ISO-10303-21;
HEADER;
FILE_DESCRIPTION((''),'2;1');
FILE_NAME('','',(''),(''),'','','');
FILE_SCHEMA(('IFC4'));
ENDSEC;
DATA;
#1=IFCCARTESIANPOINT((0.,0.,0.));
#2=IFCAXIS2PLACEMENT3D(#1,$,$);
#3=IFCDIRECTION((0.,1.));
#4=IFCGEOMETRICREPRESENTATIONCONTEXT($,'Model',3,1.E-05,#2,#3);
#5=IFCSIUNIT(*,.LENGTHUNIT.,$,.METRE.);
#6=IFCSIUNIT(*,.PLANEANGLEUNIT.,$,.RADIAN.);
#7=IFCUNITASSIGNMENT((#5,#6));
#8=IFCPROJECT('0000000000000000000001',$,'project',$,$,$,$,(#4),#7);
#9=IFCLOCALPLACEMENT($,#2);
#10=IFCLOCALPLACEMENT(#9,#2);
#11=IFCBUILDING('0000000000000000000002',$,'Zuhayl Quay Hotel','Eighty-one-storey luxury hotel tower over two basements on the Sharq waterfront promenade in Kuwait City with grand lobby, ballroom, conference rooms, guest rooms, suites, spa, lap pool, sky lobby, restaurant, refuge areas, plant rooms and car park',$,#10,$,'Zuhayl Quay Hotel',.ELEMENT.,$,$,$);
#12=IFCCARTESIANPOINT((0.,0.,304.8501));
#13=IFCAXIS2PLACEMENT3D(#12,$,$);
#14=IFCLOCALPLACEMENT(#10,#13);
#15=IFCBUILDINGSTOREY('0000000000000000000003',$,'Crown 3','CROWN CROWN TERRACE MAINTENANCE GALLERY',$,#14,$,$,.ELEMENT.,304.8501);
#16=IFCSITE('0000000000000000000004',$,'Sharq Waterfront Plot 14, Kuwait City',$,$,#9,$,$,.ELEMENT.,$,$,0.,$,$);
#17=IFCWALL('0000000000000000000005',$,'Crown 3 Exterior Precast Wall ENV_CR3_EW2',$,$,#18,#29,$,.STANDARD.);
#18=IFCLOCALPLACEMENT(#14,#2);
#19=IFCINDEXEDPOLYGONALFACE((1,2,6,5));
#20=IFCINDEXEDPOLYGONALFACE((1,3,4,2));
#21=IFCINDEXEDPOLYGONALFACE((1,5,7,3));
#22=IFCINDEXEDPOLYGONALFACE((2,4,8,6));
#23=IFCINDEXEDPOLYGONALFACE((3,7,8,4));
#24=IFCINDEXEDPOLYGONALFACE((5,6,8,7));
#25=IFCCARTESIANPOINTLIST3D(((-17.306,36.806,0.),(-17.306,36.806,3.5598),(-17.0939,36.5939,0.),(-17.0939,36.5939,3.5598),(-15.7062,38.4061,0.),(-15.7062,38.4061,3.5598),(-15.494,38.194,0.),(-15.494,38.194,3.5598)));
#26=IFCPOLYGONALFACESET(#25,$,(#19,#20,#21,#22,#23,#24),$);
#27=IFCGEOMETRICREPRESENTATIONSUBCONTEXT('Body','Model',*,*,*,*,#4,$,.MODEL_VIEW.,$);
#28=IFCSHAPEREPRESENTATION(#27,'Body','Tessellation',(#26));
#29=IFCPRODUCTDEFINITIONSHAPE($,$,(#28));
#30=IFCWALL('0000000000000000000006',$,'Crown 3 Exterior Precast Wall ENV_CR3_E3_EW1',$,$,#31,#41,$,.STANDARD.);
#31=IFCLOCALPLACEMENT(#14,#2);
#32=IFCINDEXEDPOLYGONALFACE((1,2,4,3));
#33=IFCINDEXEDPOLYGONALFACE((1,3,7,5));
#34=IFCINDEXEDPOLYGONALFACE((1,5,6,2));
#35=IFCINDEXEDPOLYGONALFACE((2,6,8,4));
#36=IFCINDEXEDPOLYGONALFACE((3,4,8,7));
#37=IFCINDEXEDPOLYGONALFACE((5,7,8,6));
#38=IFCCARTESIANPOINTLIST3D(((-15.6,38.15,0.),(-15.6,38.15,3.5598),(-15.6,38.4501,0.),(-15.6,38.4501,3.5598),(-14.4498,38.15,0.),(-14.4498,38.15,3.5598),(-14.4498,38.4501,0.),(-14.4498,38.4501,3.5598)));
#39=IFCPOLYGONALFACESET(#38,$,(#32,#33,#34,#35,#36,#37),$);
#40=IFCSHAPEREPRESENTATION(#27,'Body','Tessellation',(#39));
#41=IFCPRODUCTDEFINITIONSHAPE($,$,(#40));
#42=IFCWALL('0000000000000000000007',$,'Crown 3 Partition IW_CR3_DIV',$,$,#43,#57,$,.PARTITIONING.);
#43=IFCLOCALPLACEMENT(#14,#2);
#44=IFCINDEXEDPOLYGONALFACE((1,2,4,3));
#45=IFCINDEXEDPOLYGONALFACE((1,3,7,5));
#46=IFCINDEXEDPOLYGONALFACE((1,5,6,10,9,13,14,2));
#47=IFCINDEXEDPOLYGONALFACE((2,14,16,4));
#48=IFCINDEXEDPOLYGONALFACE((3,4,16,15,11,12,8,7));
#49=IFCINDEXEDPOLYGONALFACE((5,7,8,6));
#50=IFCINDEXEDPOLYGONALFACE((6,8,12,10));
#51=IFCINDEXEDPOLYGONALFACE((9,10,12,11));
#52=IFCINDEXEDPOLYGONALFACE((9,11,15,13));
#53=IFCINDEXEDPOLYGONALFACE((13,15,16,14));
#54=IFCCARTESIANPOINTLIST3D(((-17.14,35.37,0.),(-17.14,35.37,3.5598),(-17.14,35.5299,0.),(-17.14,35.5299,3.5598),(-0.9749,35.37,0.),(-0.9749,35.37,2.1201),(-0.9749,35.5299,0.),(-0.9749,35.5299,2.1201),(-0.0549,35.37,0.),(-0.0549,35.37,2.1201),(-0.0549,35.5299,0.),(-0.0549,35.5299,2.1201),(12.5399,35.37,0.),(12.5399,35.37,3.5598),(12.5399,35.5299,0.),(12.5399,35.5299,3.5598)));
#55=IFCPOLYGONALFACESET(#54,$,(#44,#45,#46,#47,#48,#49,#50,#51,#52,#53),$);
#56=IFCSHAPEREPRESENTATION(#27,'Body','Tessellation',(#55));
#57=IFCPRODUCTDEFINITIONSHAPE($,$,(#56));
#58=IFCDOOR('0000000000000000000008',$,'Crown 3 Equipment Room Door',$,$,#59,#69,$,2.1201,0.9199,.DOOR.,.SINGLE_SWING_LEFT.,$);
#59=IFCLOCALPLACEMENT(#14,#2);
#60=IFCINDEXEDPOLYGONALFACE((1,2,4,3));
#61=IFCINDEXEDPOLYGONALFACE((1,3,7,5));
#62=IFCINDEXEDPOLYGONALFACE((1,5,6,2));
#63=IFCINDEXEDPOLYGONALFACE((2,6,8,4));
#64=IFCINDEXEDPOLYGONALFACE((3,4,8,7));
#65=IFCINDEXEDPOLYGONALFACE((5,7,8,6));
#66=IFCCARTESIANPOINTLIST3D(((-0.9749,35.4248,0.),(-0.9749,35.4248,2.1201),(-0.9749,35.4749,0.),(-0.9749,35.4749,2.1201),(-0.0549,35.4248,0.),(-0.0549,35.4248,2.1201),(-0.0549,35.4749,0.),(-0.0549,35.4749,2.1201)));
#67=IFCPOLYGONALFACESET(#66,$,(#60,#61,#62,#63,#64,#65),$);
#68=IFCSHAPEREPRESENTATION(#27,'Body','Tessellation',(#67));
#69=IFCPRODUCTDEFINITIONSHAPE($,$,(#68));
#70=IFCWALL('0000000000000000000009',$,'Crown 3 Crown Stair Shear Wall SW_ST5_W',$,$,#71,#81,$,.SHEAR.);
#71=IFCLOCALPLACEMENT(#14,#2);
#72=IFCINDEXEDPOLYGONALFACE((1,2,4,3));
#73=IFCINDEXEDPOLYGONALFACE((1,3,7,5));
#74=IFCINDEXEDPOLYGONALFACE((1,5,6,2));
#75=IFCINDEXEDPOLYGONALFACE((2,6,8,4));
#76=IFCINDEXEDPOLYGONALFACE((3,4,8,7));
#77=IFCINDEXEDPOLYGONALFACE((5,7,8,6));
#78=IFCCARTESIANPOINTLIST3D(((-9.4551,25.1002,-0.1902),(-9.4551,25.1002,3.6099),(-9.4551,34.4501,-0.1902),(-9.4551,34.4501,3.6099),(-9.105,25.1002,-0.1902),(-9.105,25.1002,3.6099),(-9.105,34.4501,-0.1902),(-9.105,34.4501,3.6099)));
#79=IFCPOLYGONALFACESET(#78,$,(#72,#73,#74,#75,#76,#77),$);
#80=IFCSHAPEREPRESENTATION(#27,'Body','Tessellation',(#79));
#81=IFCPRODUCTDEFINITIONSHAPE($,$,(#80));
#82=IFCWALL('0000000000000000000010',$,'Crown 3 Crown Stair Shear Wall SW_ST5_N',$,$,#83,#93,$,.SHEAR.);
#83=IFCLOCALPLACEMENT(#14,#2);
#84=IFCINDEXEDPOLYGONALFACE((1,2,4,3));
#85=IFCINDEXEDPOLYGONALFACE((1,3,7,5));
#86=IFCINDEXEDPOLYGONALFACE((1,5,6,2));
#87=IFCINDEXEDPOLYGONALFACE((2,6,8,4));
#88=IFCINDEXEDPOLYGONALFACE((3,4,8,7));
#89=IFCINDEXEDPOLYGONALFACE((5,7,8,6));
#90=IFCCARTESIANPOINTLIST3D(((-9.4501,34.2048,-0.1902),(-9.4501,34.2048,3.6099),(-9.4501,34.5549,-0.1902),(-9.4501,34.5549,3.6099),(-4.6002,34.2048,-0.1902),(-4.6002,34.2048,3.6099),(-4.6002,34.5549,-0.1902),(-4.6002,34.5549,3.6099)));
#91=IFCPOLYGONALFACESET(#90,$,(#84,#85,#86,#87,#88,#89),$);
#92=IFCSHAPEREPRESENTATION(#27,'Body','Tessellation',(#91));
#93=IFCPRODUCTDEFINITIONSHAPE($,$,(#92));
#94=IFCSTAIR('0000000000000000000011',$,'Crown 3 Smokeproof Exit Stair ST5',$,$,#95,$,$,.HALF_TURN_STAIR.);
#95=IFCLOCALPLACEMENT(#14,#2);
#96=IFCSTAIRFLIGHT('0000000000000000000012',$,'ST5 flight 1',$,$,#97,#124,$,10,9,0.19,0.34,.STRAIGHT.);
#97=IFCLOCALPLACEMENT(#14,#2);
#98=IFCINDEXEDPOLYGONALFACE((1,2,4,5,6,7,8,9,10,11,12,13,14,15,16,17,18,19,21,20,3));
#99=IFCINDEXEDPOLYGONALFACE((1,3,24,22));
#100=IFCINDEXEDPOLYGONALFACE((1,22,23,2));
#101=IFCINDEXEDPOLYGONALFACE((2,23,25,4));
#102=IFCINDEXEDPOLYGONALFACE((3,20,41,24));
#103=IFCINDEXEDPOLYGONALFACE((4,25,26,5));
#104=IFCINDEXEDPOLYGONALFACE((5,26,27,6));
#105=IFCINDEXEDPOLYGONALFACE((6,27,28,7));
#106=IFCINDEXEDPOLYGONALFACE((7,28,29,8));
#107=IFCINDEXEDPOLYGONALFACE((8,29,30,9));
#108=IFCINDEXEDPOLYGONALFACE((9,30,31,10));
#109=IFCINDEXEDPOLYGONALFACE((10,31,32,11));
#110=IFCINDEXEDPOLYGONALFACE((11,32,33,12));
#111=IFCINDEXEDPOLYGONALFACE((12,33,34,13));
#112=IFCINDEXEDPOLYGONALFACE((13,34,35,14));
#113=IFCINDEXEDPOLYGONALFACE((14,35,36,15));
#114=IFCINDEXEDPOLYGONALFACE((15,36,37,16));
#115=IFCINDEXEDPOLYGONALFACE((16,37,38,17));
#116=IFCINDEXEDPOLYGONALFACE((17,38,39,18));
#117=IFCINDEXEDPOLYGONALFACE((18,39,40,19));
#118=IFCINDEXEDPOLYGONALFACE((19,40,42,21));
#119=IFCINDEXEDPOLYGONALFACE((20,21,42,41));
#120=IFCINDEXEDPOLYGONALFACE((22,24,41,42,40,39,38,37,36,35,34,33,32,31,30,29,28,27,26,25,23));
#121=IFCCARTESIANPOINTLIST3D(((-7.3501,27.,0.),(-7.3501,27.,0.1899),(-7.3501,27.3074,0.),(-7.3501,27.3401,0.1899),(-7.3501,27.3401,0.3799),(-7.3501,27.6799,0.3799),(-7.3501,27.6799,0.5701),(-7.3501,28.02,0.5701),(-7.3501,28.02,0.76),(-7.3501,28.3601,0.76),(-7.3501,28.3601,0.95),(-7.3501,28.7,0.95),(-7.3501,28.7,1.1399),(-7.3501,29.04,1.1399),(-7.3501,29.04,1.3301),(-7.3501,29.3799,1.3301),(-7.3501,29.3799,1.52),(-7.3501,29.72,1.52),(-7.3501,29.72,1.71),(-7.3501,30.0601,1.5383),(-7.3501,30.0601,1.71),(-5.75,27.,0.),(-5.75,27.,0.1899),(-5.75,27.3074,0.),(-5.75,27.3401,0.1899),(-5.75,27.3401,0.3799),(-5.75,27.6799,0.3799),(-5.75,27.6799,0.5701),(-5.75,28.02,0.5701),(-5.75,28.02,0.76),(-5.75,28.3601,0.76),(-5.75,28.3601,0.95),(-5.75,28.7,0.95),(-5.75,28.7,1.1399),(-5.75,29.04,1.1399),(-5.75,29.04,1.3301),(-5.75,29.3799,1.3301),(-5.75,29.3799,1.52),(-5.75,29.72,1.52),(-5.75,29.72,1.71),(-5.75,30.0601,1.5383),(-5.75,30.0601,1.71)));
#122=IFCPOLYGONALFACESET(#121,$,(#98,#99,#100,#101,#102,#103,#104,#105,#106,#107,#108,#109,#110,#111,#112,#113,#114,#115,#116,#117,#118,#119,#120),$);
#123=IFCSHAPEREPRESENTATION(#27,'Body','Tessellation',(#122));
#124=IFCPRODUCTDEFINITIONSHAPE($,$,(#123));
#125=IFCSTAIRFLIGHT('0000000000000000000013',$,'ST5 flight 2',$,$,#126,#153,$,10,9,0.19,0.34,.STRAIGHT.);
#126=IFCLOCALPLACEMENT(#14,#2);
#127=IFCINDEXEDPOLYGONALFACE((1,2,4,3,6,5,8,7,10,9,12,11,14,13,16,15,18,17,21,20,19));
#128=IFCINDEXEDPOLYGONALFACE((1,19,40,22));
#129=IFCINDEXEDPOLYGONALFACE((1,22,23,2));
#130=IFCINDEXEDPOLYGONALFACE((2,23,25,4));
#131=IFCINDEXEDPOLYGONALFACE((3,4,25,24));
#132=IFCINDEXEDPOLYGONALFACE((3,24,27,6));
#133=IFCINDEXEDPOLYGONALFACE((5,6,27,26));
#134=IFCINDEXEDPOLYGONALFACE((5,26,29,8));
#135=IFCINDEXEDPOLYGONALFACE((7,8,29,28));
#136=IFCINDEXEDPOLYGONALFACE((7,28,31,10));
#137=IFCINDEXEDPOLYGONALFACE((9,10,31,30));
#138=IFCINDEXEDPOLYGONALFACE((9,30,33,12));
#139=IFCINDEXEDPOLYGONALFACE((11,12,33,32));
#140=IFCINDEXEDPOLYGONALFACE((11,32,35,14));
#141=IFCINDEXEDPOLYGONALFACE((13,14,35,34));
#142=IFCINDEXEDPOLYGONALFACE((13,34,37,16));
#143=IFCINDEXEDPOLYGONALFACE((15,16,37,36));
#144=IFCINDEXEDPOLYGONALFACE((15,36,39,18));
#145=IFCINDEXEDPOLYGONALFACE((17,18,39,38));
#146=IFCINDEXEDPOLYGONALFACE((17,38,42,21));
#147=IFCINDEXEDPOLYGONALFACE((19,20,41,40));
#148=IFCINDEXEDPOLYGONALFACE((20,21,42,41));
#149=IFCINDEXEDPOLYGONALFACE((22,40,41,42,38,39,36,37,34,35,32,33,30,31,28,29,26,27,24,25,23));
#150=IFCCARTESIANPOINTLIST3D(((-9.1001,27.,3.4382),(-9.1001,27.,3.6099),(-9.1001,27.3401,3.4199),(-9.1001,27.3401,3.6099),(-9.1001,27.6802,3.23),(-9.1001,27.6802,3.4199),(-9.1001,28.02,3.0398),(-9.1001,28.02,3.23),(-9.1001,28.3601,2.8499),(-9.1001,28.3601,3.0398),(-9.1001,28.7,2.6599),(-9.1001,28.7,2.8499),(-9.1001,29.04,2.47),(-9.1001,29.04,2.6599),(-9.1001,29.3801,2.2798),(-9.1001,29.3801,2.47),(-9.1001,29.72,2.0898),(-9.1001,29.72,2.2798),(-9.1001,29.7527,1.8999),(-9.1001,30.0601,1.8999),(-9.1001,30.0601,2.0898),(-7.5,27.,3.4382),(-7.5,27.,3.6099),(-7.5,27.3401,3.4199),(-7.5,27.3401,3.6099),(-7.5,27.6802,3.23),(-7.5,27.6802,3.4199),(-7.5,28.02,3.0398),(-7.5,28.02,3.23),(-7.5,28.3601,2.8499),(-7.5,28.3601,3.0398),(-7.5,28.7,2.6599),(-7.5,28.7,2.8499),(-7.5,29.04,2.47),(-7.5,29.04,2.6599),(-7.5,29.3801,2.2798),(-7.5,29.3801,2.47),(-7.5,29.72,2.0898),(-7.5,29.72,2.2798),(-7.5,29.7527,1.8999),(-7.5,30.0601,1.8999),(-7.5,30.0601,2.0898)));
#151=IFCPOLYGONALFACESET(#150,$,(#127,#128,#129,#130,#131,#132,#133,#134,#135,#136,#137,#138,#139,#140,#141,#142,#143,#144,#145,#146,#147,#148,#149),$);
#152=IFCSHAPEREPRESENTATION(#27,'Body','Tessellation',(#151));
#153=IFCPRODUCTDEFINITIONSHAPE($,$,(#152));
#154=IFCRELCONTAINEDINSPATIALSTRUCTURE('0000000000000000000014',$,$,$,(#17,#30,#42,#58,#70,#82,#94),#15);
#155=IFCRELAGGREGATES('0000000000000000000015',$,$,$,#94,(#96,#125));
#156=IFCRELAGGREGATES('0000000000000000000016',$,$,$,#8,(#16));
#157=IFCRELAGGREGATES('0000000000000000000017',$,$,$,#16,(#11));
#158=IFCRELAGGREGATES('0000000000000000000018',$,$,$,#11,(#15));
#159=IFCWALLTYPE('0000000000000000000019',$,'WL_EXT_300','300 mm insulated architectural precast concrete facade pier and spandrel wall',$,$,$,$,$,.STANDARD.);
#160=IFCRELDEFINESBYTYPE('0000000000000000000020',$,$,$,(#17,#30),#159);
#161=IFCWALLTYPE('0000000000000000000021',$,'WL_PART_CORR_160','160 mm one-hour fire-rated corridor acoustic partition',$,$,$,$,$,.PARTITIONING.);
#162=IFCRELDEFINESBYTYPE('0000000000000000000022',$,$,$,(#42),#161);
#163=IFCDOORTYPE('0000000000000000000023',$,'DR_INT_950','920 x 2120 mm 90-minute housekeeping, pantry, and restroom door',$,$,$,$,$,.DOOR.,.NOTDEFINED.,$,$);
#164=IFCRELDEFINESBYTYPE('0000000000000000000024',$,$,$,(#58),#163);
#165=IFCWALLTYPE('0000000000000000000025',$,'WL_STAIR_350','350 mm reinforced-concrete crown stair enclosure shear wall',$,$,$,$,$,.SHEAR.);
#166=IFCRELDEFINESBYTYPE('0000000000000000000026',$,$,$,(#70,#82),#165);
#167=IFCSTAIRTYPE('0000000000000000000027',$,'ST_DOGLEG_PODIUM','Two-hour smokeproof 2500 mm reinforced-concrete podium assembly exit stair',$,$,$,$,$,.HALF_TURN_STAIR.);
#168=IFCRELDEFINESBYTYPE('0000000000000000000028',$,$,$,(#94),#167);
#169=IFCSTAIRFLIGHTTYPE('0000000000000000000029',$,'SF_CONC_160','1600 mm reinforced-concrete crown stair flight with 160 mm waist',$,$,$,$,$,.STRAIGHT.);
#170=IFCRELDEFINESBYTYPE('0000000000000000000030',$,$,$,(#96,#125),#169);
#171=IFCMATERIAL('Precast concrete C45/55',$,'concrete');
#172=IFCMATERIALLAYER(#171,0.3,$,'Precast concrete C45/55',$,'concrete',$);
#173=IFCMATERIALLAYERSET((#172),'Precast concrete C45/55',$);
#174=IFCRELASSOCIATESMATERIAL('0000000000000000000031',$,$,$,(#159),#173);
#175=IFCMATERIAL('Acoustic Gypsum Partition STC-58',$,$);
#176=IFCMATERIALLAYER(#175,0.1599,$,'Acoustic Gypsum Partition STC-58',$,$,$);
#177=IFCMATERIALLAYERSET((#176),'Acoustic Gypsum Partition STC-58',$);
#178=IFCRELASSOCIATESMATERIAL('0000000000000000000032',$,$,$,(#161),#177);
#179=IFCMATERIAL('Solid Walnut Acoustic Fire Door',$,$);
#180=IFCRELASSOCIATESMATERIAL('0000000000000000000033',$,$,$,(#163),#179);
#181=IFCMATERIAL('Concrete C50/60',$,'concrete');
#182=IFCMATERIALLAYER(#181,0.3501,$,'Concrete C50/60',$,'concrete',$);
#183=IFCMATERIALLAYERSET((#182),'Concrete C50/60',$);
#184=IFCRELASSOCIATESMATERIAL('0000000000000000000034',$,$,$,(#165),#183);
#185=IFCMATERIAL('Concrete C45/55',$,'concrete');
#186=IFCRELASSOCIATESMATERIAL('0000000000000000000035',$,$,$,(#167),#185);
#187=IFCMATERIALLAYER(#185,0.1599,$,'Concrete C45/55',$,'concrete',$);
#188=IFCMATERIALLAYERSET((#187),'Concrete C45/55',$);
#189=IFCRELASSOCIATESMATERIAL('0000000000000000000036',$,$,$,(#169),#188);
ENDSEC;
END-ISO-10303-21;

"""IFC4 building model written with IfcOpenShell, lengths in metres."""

from ifc_helpers import new_model, si_unit, direction, frame, frame_2d, origin, place, context, subcontext, project, spatial, polyline, rectangle, outline, extrude, material, layer, layer_set, type_object, element, fill, aggregate, save


model = new_model("IFC4")

# Units and contexts
model_context = context("Model", 3, precision=1e-05, world=origin(), true_north=direction((0.0, 1.0)))
body_context = subcontext(model_context, "Body", "Model", "MODEL_VIEW")
ifc_project = project(units=[si_unit("LENGTHUNIT", "METRE"), si_unit("PLANEANGLEUNIT", "RADIAN")], contexts=[model_context])

# Site, building, storey
site_placement = place(None, origin())
site = spatial("IfcSite", under=ifc_project, at=site_placement, Name="Sharq Waterfront Plot 14, Kuwait City", CompositionType="ELEMENT", RefElevation=0.0)
building_placement = place(site_placement, origin())
building = spatial("IfcBuilding", under=site, at=building_placement, Name="Zuhayl Quay Hotel", Description="Eighty-one-storey luxury hotel tower over two basements on the Sharq waterfront promenade in Kuwait City with grand lobby, ballroom, conference rooms, guest rooms, suites, spa, lap pool, sky lobby, restaurant, refuge areas, plant rooms and car park", LongName="Zuhayl Quay Hotel", CompositionType="ELEMENT")
storey_placement = place(building_placement, frame((0.0, 0.0, 304.8501)))
storey = spatial("IfcBuildingStorey", under=building, at=storey_placement, Name="Crown 3", Description="CROWN CROWN TERRACE MAINTENANCE GALLERY", CompositionType="ELEMENT", Elevation=304.8501)

# Walls
ifc_material_1 = material(Name="Precast concrete C45/55", Category="concrete")
ifc_layer_1 = layer(ifc_material_1, 0.3, Name="Precast concrete C45/55", Category="concrete")
ifc_layer_set_1 = layer_set([ifc_layer_1], Name="Precast concrete C45/55")
wall_type_1 = type_object("IfcWallType", Name="WL_EXT_300", Description="300 mm insulated architectural precast concrete facade pier and spandrel wall", PredefinedType="STANDARD", material=ifc_layer_set_1)
wall_1_placement = place(storey_placement, frame((-17.2, 36.7, 0.0), z_axis=(0.0, 0.0, 1.0), x_axis=(0.707053, 0.707161, 0.0)))
element("IfcWall", 1, at=wall_1_placement, inside=storey, type_object=wall_type_1, Name="Crown 3 Exterior Precast Wall ENV_CR3_EW2", PredefinedType="STANDARD", context=body_context, shape_type="SweptSolid", body=[
    extrude(rectangle(XDim=2.2627, YDim=0.3, at=frame_2d((1.1313, 0.0))), origin(), (0.0, 0.0, 1.0), 3.5598),
])
wall_2_placement = place(storey_placement, frame((-15.6001, 38.3, 0.0), z_axis=(0.0, 0.0, 1.0), x_axis=(1.0, 0.0, 0.0)))
element("IfcWall", 2, at=wall_2_placement, inside=storey, type_object=wall_type_1, Name="Crown 3 Exterior Precast Wall ENV_CR3_E3_EW1", PredefinedType="STANDARD", context=body_context, shape_type="SweptSolid", body=[
    extrude(rectangle(XDim=1.1501, YDim=0.3, at=frame_2d((0.5752, 0.0))), origin(), (0.0, 0.0, 1.0), 3.5598),
])

# Wall, opening, door
ifc_material_2 = material(Name="Acoustic Gypsum Partition STC-58")
ifc_layer_2 = layer(ifc_material_2, 0.1599, Name="Acoustic Gypsum Partition STC-58")
ifc_layer_set_2 = layer_set([ifc_layer_2], Name="Acoustic Gypsum Partition STC-58")
wall_type_2 = type_object("IfcWallType", Name="WL_PART_CORR_160", Description="160 mm one-hour fire-rated corridor acoustic partition", PredefinedType="PARTITIONING", material=ifc_layer_set_2)
wall_3_placement = place(storey_placement, frame((-17.1399, 35.45, 0.0), z_axis=(0.0, 0.0, 1.0), x_axis=(1.0, 0.0, 0.0)))
wall_3 = element("IfcWall", 3, at=wall_3_placement, inside=storey, type_object=wall_type_2, Name="Crown 3 Partition IW_CR3_DIV", PredefinedType="PARTITIONING", context=body_context, shape_type="SweptSolid", body=[
    extrude(rectangle(XDim=29.6799, YDim=0.1599, at=frame_2d((14.8398, 0.0))), origin(), (0.0, 0.0, 1.0), 3.5598),
])
opening_placement = place(wall_3_placement, frame((16.165, 0.0, 0.0)))
opening = element("IfcOpeningElement", 4, at=opening_placement, cuts=wall_3, PredefinedType="OPENING", context=body_context, shape_type="SweptSolid", body=[
    extrude(rectangle(XDim=0.9199, YDim=2.1201, at=frame_2d((0.46, 1.0601))), frame((0.0, 0.0898, 0.0), z_axis=(0.0, -1.0, 0.0), x_axis=(1.0, 0.0, 0.0)), (0.0, 0.0, 1.0), 0.1799),
])
ifc_material_3 = material(Name="Solid Walnut Acoustic Fire Door")
door_type = type_object("IfcDoorType", Name="DR_INT_950", Description="920 x 2120 mm 90-minute housekeeping, pantry, and restroom door", OperationType="NOTDEFINED", PredefinedType="DOOR", material=ifc_material_3)
door_placement = place(opening_placement, origin())
door = element("IfcDoor", 5, at=door_placement, inside=storey, type_object=door_type, Name="Crown 3 Equipment Room Door", OperationType="SINGLE_SWING_LEFT", OverallHeight=2.1201, OverallWidth=0.9199, PredefinedType="DOOR", context=body_context, shape_type="SweptSolid", body=[
    extrude(rectangle(XDim=0.9199, YDim=2.1201, at=frame_2d((0.46, 1.0601))), frame((0.0, 0.0249, 0.0), z_axis=(0.0, -1.0, 0.0), x_axis=(1.0, 0.0, 0.0)), (0.0, 0.0, 1.0), 0.05),
])
fill(opening, door)

# Walls
ifc_material_4 = material(Name="Concrete C50/60", Category="concrete")
ifc_layer_3 = layer(ifc_material_4, 0.3501, Name="Concrete C50/60", Category="concrete")
ifc_layer_set_3 = layer_set([ifc_layer_3], Name="Concrete C50/60")
wall_type_3 = type_object("IfcWallType", Name="WL_STAIR_350", Description="350 mm reinforced-concrete crown stair enclosure shear wall", PredefinedType="SHEAR", material=ifc_layer_set_3)
wall_4_placement = place(storey_placement, frame((-9.28, 34.45, -0.1902), z_axis=(0.0, 0.0, 1.0), x_axis=(0.0, -1.0, 0.0)))
element("IfcWall", 6, at=wall_4_placement, inside=storey, type_object=wall_type_3, Name="Crown 3 Crown Stair Shear Wall SW_ST5_W", PredefinedType="SHEAR", context=body_context, shape_type="SweptSolid", body=[
    extrude(rectangle(XDim=9.3499, YDim=0.3501, at=frame_2d((4.6748, 0.0))), origin(), (0.0, 0.0, 1.0), 3.8),
])
wall_5_placement = place(storey_placement, frame((-9.45, 34.3799, -0.1902), z_axis=(0.0, 0.0, 1.0), x_axis=(1.0, 0.0, 0.0)))
element("IfcWall", 7, at=wall_5_placement, inside=storey, type_object=wall_type_3, Name="Crown 3 Crown Stair Shear Wall SW_ST5_N", PredefinedType="SHEAR", context=body_context, shape_type="SweptSolid", body=[
    extrude(rectangle(XDim=4.8499, YDim=0.3501, at=frame_2d((2.4248, 0.0))), origin(), (0.0, 0.0, 1.0), 3.8),
])

# Stair, stair flights
ifc_material_5 = material(Name="Concrete C45/55", Category="concrete")
stair_type = type_object("IfcStairType", Name="ST_DOGLEG_PODIUM", Description="Two-hour smokeproof 2500 mm reinforced-concrete podium assembly exit stair", PredefinedType="HALF_TURN_STAIR", material=ifc_material_5)
stair_placement = place(storey_placement, origin())
stair = element("IfcStair", 8, at=stair_placement, inside=storey, type_object=stair_type, Name="Crown 3 Smokeproof Exit Stair ST5", PredefinedType="HALF_TURN_STAIR")
ifc_layer_4 = layer(ifc_material_5, 0.1599, Name="Concrete C45/55", Category="concrete")
ifc_layer_set_4 = layer_set([ifc_layer_4], Name="Concrete C45/55")
stair_flight_type = type_object("IfcStairFlightType", Name="SF_CONC_160", Description="1600 mm reinforced-concrete crown stair flight with 160 mm waist", PredefinedType="STRAIGHT", material=ifc_layer_set_4)
stair_flight_1_placement = place(storey_placement, frame((-6.55, 27.0, 0.0), z_axis=(0.0, 0.0, 1.0), x_axis=(0.0, 1.0, 0.0)))
stair_flight_1 = element("IfcStairFlight", 9, at=stair_flight_1_placement, type_object=stair_flight_type, Name="ST5 flight 1", NumberOfRisers=10, NumberOfTreads=9, PredefinedType="STRAIGHT", RiserHeight=0.19, TreadLength=0.34, context=body_context, shape_type="SweptSolid", body=[
    extrude(outline(polyline([(0.0, 0.0), (0.0, 0.1899), (0.3401, 0.1899), (0.3401, 0.3799), (0.6799, 0.3799), (0.6799, 0.5701), (1.02, 0.5701), (1.02, 0.76), (1.3601, 0.76), (1.3601, 0.95), (1.7, 0.95), (1.7, 1.1399), (2.04, 1.1399), (2.04, 1.3301), (2.3799, 1.3301), (2.3799, 1.52), (2.72, 1.52), (2.72, 1.71), (3.0601, 1.71), (3.0601, 1.8999), (3.0601, 1.5383), (0.3074, 0.0), (0.0, 0.0)])), frame((0.0, 0.8, 0.0), z_axis=(0.0, -1.0, 0.0), x_axis=(1.0, 0.0, 0.0)), (0.0, 0.0, 1.0), 1.6001),
])
stair_flight_2_placement = place(storey_placement, frame((-8.3, 30.0601, 1.8999), z_axis=(0.0, 0.0, 1.0), x_axis=(0.0, -1.0, 0.0)))
stair_flight_2 = element("IfcStairFlight", 10, at=stair_flight_2_placement, type_object=stair_flight_type, Name="ST5 flight 2", NumberOfRisers=10, NumberOfTreads=9, PredefinedType="STRAIGHT", RiserHeight=0.19, TreadLength=0.34, context=body_context, shape_type="SweptSolid", body=[
    extrude(outline(polyline([(0.0, 0.0), (0.0, 0.1899), (0.3401, 0.1899), (0.3401, 0.3799), (0.6799, 0.3799), (0.6799, 0.5701), (1.02, 0.5701), (1.02, 0.76), (1.3601, 0.76), (1.3601, 0.95), (1.7, 0.95), (1.7, 1.1399), (2.04, 1.1399), (2.04, 1.3301), (2.3799, 1.3301), (2.3799, 1.52), (2.72, 1.52), (2.72, 1.71), (3.0601, 1.71), (3.0601, 1.8999), (3.0601, 1.5383), (0.3074, 0.0), (0.0, 0.0)])), frame((0.0, 0.8, 0.0), z_axis=(0.0, -1.0, 0.0), x_axis=(1.0, 0.0, 0.0)), (0.0, 0.0, 1.0), 1.6001),
])
aggregate(stair, [stair_flight_1, stair_flight_2])

save(model, "model.ifc")
